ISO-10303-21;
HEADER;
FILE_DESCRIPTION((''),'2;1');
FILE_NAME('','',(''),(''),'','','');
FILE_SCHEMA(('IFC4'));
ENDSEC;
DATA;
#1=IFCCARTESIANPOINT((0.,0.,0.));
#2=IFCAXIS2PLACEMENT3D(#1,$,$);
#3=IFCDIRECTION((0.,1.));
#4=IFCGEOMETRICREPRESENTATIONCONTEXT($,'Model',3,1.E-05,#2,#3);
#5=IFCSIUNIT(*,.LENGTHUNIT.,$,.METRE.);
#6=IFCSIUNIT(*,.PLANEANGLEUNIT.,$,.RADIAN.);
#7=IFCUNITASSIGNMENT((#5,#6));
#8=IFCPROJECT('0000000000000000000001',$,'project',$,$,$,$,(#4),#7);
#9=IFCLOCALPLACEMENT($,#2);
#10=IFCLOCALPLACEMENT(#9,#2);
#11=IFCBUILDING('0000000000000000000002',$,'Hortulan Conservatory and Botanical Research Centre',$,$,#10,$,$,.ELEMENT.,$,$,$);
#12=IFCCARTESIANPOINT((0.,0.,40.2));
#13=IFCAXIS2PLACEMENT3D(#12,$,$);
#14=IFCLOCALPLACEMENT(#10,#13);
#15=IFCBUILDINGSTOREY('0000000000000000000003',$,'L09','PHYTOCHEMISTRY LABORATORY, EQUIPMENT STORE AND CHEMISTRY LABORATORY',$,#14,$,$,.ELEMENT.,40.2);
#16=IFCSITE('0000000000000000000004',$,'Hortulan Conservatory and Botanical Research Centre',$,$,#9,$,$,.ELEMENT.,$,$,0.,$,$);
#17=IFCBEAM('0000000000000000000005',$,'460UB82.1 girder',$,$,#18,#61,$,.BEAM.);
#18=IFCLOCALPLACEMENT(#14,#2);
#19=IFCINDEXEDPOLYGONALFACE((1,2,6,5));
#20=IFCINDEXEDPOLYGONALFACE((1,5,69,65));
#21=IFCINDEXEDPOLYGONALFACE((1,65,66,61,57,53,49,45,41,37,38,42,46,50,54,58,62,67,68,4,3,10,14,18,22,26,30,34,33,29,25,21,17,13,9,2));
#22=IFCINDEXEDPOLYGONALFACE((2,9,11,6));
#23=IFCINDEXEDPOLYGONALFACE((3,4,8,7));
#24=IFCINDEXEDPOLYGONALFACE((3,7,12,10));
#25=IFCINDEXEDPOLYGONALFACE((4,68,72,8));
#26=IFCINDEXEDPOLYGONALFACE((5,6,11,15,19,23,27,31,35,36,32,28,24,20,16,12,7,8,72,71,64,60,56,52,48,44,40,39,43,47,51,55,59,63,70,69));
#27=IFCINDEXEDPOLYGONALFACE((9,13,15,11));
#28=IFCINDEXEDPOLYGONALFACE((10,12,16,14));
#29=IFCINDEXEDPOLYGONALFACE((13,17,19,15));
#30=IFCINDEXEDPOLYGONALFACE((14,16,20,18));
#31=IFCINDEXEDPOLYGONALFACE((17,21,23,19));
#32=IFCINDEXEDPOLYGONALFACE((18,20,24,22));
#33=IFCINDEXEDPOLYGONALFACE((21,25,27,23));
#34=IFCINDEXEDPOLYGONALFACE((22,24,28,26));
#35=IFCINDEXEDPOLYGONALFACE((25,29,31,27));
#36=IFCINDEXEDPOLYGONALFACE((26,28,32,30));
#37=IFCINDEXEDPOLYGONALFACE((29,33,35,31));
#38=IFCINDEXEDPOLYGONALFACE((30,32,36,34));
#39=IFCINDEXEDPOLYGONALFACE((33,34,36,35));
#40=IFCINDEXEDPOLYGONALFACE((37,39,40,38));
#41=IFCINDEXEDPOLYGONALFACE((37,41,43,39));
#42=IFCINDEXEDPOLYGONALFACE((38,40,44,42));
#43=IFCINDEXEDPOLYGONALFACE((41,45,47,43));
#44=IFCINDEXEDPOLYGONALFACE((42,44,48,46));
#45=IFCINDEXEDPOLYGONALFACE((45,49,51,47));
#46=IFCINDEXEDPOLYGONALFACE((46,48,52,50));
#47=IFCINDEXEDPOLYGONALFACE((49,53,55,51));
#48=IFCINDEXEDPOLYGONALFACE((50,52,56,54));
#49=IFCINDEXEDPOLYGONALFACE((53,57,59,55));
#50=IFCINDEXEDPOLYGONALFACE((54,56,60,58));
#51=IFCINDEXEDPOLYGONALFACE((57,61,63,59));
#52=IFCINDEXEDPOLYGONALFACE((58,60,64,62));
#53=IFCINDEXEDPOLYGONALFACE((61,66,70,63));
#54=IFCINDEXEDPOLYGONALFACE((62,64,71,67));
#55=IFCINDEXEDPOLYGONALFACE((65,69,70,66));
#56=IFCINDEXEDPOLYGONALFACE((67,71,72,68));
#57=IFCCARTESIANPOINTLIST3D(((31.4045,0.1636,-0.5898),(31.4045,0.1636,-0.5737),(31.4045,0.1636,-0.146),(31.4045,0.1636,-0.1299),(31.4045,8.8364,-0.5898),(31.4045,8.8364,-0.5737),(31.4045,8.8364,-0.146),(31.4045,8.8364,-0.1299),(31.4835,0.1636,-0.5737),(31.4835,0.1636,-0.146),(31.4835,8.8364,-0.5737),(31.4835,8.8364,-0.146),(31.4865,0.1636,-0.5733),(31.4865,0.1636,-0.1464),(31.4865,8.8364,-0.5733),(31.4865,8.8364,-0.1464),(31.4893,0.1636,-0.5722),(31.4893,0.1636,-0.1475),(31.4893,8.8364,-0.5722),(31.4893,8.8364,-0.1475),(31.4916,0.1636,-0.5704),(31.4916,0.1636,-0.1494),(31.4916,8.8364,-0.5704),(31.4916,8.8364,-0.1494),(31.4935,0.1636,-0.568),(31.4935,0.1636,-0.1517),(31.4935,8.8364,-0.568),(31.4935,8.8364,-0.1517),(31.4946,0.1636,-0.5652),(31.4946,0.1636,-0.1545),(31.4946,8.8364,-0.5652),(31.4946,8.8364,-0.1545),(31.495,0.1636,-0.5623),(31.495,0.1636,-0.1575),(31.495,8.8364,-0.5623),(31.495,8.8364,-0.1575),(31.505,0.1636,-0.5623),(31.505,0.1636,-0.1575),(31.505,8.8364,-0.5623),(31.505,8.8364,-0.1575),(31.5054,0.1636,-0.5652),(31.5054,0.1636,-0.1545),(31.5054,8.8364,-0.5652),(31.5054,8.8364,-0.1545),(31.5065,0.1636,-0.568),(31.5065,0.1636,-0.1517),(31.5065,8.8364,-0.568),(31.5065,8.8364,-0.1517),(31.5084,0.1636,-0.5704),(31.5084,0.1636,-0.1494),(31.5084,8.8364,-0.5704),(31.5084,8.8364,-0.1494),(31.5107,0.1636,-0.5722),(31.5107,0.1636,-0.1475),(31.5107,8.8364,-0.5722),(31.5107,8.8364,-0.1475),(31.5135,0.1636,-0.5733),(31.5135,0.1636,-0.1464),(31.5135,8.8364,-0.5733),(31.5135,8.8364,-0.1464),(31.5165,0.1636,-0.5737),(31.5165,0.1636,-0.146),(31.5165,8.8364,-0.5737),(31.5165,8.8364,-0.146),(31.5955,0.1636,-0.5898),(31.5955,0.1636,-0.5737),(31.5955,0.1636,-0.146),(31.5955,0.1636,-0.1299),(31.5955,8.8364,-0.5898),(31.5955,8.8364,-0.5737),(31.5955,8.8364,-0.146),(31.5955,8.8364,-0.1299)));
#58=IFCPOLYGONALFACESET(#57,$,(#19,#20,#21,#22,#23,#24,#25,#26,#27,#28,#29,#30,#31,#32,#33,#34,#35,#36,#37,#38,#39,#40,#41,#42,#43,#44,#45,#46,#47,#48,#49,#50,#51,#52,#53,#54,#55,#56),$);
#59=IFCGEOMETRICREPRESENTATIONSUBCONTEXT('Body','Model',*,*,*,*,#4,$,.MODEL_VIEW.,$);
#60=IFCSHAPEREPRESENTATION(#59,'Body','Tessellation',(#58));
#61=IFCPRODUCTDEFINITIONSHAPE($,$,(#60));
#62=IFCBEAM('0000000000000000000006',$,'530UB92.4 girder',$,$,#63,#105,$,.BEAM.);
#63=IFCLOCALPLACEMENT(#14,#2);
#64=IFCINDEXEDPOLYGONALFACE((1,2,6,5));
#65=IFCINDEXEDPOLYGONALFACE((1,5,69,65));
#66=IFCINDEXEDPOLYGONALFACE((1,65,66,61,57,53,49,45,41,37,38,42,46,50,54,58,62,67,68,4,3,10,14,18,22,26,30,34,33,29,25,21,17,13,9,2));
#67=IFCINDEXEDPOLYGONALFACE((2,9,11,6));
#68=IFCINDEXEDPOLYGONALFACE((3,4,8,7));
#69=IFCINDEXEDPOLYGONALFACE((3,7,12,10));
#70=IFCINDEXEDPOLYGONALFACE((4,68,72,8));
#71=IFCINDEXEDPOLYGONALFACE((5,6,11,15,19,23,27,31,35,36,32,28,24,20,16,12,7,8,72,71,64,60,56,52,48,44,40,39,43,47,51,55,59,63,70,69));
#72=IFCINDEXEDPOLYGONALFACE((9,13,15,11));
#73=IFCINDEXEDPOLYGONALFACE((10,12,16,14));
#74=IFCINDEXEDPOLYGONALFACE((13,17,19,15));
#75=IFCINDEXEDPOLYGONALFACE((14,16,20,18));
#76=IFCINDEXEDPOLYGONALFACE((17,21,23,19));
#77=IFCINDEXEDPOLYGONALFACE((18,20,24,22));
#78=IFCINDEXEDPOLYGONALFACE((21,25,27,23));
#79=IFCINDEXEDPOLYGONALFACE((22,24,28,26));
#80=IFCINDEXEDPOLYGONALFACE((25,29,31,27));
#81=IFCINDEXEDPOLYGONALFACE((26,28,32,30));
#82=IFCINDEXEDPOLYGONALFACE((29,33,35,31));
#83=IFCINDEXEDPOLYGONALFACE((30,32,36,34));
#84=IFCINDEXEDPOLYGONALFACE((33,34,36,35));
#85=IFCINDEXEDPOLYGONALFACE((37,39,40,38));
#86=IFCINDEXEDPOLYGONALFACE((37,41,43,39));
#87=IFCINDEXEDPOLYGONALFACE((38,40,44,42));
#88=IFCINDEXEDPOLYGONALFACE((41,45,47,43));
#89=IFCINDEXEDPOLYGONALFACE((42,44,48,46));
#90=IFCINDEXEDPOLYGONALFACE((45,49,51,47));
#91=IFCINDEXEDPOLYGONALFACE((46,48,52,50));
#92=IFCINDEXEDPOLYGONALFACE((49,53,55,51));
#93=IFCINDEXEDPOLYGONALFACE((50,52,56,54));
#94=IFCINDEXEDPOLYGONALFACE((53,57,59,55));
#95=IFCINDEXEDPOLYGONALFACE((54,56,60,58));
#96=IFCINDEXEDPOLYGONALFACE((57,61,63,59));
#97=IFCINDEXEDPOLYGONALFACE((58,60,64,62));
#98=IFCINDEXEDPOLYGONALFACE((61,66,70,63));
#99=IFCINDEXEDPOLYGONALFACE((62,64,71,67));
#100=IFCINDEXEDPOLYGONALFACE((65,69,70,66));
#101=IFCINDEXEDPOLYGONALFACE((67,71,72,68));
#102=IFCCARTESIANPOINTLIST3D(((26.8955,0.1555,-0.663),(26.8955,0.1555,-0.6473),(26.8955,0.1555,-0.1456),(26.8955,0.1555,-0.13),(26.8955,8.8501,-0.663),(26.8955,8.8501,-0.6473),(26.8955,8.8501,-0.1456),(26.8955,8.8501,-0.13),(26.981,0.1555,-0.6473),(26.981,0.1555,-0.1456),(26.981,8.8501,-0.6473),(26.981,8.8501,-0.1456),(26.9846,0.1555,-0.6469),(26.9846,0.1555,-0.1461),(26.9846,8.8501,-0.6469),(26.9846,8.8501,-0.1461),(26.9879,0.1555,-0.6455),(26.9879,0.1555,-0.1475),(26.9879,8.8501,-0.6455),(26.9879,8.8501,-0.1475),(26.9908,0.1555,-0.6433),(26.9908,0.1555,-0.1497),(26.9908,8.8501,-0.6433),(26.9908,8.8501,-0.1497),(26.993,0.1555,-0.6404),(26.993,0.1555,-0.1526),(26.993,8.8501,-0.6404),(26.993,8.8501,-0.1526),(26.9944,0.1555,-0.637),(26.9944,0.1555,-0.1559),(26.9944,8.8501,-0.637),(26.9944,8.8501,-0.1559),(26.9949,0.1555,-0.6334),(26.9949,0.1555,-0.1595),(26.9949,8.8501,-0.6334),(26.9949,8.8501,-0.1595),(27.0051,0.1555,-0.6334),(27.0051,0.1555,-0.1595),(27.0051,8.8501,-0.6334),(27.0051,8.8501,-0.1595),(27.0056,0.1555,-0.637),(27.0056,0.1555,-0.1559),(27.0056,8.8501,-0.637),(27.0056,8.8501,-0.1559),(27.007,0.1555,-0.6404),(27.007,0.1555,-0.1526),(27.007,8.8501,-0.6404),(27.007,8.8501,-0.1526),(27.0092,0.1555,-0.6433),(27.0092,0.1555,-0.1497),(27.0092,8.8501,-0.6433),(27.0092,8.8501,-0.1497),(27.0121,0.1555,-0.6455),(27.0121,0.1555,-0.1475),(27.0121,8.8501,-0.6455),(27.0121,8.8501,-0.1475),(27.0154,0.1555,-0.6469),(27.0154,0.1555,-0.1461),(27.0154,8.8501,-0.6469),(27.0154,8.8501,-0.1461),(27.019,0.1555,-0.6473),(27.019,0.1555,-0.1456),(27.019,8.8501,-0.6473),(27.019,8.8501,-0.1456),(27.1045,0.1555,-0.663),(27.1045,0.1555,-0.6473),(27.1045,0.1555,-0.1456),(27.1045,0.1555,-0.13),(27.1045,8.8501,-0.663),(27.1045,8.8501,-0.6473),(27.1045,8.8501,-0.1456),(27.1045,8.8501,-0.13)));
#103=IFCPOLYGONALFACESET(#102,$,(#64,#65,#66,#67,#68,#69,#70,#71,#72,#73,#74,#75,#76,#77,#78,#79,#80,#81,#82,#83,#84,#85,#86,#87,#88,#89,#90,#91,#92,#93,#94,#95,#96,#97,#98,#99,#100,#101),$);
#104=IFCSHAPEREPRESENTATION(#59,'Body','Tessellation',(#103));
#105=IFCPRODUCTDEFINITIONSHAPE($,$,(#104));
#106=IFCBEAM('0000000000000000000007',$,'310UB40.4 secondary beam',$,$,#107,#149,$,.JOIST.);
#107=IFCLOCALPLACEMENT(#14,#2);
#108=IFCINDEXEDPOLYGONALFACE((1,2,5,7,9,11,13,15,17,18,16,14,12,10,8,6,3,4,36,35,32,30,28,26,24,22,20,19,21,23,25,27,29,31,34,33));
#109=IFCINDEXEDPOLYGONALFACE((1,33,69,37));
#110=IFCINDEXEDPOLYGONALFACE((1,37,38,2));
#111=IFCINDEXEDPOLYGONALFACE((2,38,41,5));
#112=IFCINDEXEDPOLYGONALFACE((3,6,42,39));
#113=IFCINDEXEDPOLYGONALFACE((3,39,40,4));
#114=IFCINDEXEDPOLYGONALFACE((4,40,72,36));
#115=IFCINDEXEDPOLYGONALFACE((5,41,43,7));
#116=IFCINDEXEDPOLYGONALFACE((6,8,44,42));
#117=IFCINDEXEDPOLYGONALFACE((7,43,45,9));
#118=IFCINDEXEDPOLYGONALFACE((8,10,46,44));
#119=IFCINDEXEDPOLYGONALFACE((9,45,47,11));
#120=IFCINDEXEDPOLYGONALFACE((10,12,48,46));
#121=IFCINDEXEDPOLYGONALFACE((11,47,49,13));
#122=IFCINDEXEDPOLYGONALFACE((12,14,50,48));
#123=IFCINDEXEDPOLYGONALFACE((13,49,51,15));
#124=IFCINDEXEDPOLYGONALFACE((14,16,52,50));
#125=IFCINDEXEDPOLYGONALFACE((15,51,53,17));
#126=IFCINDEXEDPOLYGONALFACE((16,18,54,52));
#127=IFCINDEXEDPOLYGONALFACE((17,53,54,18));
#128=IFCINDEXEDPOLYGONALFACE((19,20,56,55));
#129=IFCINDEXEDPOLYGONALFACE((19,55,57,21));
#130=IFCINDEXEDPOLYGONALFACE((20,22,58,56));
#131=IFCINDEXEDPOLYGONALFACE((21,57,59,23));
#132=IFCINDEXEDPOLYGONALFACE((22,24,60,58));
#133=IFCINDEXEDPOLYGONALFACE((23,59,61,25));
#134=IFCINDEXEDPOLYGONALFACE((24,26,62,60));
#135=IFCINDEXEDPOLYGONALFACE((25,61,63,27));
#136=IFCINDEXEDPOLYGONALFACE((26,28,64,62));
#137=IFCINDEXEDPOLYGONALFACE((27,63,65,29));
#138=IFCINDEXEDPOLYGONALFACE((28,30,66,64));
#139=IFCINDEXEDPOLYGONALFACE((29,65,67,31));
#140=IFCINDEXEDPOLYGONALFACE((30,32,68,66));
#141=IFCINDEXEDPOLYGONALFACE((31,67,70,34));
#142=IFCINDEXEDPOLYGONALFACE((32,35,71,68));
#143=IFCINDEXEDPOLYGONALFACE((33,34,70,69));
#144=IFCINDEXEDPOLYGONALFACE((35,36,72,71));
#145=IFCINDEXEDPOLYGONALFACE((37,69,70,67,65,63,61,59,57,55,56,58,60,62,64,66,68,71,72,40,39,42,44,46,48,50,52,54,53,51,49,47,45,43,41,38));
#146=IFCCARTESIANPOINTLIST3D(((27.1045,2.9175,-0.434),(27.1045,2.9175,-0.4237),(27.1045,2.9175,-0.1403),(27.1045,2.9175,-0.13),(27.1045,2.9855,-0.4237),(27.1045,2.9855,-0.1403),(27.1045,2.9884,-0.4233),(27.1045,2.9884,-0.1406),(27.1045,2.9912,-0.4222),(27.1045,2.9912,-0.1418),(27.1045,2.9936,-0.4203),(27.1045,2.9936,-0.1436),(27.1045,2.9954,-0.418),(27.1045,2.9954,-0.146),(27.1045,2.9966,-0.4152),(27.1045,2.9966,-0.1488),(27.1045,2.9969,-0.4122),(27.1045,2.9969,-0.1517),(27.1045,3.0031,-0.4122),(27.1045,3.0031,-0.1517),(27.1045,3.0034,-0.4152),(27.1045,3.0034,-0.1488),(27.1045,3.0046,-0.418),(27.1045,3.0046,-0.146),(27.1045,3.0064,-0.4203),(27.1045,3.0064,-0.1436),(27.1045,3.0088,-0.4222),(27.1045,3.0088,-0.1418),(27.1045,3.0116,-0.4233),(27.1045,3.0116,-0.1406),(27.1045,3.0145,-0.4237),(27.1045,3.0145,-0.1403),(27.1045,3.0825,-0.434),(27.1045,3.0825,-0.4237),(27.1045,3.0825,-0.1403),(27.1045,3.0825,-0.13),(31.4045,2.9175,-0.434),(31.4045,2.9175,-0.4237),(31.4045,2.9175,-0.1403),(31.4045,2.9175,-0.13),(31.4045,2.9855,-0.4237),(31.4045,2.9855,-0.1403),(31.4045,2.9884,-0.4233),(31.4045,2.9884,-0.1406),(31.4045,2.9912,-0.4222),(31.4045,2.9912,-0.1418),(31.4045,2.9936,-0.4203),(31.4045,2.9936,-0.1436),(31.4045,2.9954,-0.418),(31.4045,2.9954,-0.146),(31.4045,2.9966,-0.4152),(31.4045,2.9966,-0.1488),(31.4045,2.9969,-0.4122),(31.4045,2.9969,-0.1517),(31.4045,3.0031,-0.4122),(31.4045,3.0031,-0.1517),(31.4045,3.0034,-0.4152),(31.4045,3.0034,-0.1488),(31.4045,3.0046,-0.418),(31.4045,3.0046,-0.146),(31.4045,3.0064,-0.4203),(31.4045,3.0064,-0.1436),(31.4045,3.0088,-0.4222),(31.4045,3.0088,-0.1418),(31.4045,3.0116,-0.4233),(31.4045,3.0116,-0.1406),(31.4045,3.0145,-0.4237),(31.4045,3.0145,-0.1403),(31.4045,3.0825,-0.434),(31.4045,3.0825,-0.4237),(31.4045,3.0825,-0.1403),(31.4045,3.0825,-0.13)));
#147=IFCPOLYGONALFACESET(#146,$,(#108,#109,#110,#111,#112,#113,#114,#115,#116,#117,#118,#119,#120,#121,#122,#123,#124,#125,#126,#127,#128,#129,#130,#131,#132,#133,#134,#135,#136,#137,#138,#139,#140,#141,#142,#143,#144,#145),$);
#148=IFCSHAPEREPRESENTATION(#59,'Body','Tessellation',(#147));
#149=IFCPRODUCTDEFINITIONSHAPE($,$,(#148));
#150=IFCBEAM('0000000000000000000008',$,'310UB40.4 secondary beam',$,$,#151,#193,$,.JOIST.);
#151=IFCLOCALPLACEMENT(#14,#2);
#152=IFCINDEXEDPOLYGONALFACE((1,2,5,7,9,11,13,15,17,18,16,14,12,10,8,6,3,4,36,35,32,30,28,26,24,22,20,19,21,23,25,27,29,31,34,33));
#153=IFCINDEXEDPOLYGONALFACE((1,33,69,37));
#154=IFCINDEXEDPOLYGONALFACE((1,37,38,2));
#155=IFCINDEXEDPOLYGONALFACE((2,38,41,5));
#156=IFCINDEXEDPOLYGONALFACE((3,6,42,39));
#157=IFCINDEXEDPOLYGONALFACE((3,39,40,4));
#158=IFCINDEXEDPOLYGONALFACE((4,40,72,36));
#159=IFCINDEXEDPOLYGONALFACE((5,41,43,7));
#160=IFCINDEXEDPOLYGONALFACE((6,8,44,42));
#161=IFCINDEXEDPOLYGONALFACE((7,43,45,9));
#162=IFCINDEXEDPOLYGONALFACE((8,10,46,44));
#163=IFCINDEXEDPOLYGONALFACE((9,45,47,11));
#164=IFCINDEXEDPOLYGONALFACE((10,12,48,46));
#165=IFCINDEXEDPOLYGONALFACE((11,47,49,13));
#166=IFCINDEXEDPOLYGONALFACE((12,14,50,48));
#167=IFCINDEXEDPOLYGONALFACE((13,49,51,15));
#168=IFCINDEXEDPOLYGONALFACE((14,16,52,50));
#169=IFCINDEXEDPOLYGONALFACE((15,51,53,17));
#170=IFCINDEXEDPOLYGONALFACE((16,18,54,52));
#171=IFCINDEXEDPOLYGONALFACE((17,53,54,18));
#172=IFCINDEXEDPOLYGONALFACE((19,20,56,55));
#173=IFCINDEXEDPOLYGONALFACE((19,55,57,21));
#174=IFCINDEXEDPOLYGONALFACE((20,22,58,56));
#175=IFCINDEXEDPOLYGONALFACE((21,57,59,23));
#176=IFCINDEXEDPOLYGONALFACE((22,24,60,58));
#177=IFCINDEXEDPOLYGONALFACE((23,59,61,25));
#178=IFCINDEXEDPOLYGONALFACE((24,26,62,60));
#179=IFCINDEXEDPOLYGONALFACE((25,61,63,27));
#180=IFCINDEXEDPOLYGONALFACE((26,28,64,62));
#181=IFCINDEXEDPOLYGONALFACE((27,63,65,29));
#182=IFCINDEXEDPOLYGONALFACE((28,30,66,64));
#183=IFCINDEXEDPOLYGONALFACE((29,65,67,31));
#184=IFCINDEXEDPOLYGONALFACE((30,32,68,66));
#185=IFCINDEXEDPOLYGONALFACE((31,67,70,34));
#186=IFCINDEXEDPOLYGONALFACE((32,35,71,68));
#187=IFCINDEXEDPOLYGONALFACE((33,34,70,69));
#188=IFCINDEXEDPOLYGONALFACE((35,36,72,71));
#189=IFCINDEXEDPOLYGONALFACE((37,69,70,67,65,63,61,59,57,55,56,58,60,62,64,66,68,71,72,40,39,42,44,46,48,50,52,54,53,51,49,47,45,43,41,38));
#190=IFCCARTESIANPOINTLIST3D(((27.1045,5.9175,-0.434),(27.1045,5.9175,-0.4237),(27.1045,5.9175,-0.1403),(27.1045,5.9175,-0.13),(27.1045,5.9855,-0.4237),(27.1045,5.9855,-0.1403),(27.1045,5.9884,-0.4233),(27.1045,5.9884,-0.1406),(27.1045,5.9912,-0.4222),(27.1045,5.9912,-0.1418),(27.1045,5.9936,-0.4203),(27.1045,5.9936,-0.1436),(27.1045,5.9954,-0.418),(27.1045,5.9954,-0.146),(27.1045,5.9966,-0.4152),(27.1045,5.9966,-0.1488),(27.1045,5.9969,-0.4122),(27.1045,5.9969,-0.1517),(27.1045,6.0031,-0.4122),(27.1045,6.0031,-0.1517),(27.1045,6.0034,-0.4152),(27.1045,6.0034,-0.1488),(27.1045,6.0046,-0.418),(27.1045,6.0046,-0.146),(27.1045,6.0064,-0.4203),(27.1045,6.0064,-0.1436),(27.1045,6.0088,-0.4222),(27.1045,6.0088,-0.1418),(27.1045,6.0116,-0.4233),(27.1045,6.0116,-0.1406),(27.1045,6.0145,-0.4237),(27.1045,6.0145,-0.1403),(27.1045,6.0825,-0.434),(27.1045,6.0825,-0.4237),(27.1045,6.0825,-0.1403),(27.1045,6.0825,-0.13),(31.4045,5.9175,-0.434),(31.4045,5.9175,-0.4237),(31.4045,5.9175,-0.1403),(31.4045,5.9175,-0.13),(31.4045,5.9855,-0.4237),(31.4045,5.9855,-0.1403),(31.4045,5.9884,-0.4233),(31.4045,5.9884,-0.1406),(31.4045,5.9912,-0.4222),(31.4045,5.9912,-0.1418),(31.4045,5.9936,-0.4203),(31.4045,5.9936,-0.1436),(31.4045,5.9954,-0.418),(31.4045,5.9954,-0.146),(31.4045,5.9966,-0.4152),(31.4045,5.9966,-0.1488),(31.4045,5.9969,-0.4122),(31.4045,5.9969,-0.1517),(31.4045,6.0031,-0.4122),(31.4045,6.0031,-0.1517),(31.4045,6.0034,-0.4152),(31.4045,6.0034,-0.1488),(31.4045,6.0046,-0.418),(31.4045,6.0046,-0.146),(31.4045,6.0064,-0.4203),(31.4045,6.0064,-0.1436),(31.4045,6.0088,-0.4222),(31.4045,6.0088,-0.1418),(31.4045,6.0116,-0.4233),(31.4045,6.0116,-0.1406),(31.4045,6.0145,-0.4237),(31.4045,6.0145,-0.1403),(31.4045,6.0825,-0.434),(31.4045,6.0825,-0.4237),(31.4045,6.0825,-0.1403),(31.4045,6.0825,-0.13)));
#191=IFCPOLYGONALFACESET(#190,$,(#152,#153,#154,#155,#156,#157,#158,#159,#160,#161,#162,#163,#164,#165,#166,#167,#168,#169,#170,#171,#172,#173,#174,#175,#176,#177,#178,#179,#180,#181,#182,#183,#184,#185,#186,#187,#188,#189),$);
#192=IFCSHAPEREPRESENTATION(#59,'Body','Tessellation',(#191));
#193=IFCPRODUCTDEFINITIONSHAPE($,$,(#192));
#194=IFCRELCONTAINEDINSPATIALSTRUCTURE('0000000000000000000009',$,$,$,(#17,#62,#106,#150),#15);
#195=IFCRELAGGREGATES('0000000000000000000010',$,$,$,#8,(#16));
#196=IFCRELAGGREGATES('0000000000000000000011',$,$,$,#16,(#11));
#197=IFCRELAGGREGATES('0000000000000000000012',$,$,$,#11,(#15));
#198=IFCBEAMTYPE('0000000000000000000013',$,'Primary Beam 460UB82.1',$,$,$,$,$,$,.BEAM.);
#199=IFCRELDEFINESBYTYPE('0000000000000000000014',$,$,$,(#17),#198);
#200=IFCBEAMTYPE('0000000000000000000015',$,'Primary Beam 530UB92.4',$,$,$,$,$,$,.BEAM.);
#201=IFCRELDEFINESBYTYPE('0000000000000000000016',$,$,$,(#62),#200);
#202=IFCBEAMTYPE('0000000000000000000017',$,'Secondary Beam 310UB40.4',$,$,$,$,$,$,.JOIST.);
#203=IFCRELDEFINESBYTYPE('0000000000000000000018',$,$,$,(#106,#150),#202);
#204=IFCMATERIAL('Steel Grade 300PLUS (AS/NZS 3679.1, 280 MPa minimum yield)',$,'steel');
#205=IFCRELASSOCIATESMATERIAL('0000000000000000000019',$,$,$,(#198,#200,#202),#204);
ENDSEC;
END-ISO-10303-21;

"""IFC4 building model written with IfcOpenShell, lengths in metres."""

from ifc_helpers import new_model, si_unit, direction, frame, origin, origin_2d, place, context, subcontext, project, spatial, i_section, extrude, material, material_profile, profile_set, type_object, element, save


model = new_model("IFC4")

# Units and contexts
model_context = context("Model", 3, precision=1e-05, world=origin(), true_north=direction((0.0, 1.0)))
body_context = subcontext(model_context, "Body", "Model", "MODEL_VIEW")
ifc_project = project(units=[si_unit("LENGTHUNIT", "METRE"), si_unit("PLANEANGLEUNIT", "RADIAN")], contexts=[model_context])

# Site, building, storey
site_placement = place(None, origin())
site = spatial("IfcSite", under=ifc_project, at=site_placement, Name="Hortulan Conservatory and Botanical Research Centre", CompositionType="ELEMENT", RefElevation=0.0)
building_placement = place(site_placement, origin())
building = spatial("IfcBuilding", under=site, at=building_placement, Name="Hortulan Conservatory and Botanical Research Centre", CompositionType="ELEMENT")
storey_placement = place(building_placement, frame((0.0, 0.0, 40.2)))
storey = spatial("IfcBuildingStorey", under=building, at=storey_placement, Name="L09", Description="PHYTOCHEMISTRY LABORATORY, EQUIPMENT STORE AND CHEMISTRY LABORATORY", CompositionType="ELEMENT", Elevation=40.2)

# Shared definitions
ifc_material_1 = material(Name="Steel Grade 300PLUS (AS/NZS 3679.1, 280 MPa minimum yield)", Category="steel")

# Beams
ifc_material_profile_1 = material_profile(ifc_material_1, i_section(OverallWidth=0.1909, OverallDepth=0.46, WebThickness=0.01, FlangeThickness=0.0161, FilletRadius=0.0115, at=origin_2d()), Name="460UB82.1")
ifc_profile_set_1 = profile_set([ifc_material_profile_1], Name="Steel Grade 300PLUS (AS/NZS 3679.1, 280 MPa minimum yield)")
beam_type_1 = type_object("IfcBeamType", Name="Primary Beam 460UB82.1", PredefinedType="BEAM", material=ifc_profile_set_1)
beam_1_placement = place(storey_placement, frame((31.5, 0.1636, -0.3599), z_axis=(0.0, 1.0, 0.0), x_axis=(-1.0, 0.0, 0.0)))
element("IfcBeam", 1, at=beam_1_placement, inside=storey, type_object=beam_type_1, Name="460UB82.1 girder", PredefinedType="BEAM", context=body_context, shape_type="SweptSolid", body=[
    extrude(i_section(OverallWidth=0.1909, OverallDepth=0.46, WebThickness=0.01, FlangeThickness=0.0161, FilletRadius=0.0115, at=origin_2d()), origin(), (0.0, 0.0, 1.0), 8.6729),
])
ifc_material_profile_2 = material_profile(ifc_material_1, i_section(OverallWidth=0.209, OverallDepth=0.533, WebThickness=0.0103, FlangeThickness=0.0156, FilletRadius=0.0139, at=origin_2d()), Name="530UB92.4")
ifc_profile_set_2 = profile_set([ifc_material_profile_2], Name="Steel Grade 300PLUS (AS/NZS 3679.1, 280 MPa minimum yield)")
beam_type_2 = type_object("IfcBeamType", Name="Primary Beam 530UB92.4", PredefinedType="BEAM", material=ifc_profile_set_2)
beam_2_placement = place(storey_placement, frame((27.0, 0.1555, -0.3965), z_axis=(0.0, 1.0, 0.0), x_axis=(-1.0, 0.0, 0.0)))
element("IfcBeam", 2, at=beam_2_placement, inside=storey, type_object=beam_type_2, Name="530UB92.4 girder", PredefinedType="BEAM", context=body_context, shape_type="SweptSolid", body=[
    extrude(i_section(OverallWidth=0.209, OverallDepth=0.533, WebThickness=0.0103, FlangeThickness=0.0156, FilletRadius=0.0139, at=origin_2d()), origin(), (0.0, 0.0, 1.0), 8.6946),
])
ifc_material_profile_3 = material_profile(ifc_material_1, i_section(OverallWidth=0.165, OverallDepth=0.304, WebThickness=0.0061, FlangeThickness=0.0103, FilletRadius=0.0115, at=origin_2d()), Name="310UB40.4")
ifc_profile_set_3 = profile_set([ifc_material_profile_3], Name="Steel Grade 300PLUS (AS/NZS 3679.1, 280 MPa minimum yield)")
beam_type_3 = type_object("IfcBeamType", Name="Secondary Beam 310UB40.4", PredefinedType="JOIST", material=ifc_profile_set_3)
for number, where, z_axis, x_axis, name in (
    (3, (27.1045, 3.0, -0.282), (1.0, 0.0, 0.0), (0.0, 1.0, 0.0), "310UB40.4 secondary beam"),
    (4, (27.1045, 6.0, -0.282), (1.0, 0.0, 0.0), (0.0, 1.0, 0.0), "310UB40.4 secondary beam"),
):
    element("IfcBeam", number, at=place(storey_placement, frame(where, z_axis=z_axis, x_axis=x_axis)), inside=storey, type_object=beam_type_3, Name=name, PredefinedType="JOIST", context=body_context, shape_type="SweptSolid", body=[
        extrude(i_section(OverallWidth=0.165, OverallDepth=0.304, WebThickness=0.0061, FlangeThickness=0.0103, FilletRadius=0.0115, at=origin_2d()), origin(), (0.0, 0.0, 1.0), 4.3),
    ])

save(model, "model.ifc")
